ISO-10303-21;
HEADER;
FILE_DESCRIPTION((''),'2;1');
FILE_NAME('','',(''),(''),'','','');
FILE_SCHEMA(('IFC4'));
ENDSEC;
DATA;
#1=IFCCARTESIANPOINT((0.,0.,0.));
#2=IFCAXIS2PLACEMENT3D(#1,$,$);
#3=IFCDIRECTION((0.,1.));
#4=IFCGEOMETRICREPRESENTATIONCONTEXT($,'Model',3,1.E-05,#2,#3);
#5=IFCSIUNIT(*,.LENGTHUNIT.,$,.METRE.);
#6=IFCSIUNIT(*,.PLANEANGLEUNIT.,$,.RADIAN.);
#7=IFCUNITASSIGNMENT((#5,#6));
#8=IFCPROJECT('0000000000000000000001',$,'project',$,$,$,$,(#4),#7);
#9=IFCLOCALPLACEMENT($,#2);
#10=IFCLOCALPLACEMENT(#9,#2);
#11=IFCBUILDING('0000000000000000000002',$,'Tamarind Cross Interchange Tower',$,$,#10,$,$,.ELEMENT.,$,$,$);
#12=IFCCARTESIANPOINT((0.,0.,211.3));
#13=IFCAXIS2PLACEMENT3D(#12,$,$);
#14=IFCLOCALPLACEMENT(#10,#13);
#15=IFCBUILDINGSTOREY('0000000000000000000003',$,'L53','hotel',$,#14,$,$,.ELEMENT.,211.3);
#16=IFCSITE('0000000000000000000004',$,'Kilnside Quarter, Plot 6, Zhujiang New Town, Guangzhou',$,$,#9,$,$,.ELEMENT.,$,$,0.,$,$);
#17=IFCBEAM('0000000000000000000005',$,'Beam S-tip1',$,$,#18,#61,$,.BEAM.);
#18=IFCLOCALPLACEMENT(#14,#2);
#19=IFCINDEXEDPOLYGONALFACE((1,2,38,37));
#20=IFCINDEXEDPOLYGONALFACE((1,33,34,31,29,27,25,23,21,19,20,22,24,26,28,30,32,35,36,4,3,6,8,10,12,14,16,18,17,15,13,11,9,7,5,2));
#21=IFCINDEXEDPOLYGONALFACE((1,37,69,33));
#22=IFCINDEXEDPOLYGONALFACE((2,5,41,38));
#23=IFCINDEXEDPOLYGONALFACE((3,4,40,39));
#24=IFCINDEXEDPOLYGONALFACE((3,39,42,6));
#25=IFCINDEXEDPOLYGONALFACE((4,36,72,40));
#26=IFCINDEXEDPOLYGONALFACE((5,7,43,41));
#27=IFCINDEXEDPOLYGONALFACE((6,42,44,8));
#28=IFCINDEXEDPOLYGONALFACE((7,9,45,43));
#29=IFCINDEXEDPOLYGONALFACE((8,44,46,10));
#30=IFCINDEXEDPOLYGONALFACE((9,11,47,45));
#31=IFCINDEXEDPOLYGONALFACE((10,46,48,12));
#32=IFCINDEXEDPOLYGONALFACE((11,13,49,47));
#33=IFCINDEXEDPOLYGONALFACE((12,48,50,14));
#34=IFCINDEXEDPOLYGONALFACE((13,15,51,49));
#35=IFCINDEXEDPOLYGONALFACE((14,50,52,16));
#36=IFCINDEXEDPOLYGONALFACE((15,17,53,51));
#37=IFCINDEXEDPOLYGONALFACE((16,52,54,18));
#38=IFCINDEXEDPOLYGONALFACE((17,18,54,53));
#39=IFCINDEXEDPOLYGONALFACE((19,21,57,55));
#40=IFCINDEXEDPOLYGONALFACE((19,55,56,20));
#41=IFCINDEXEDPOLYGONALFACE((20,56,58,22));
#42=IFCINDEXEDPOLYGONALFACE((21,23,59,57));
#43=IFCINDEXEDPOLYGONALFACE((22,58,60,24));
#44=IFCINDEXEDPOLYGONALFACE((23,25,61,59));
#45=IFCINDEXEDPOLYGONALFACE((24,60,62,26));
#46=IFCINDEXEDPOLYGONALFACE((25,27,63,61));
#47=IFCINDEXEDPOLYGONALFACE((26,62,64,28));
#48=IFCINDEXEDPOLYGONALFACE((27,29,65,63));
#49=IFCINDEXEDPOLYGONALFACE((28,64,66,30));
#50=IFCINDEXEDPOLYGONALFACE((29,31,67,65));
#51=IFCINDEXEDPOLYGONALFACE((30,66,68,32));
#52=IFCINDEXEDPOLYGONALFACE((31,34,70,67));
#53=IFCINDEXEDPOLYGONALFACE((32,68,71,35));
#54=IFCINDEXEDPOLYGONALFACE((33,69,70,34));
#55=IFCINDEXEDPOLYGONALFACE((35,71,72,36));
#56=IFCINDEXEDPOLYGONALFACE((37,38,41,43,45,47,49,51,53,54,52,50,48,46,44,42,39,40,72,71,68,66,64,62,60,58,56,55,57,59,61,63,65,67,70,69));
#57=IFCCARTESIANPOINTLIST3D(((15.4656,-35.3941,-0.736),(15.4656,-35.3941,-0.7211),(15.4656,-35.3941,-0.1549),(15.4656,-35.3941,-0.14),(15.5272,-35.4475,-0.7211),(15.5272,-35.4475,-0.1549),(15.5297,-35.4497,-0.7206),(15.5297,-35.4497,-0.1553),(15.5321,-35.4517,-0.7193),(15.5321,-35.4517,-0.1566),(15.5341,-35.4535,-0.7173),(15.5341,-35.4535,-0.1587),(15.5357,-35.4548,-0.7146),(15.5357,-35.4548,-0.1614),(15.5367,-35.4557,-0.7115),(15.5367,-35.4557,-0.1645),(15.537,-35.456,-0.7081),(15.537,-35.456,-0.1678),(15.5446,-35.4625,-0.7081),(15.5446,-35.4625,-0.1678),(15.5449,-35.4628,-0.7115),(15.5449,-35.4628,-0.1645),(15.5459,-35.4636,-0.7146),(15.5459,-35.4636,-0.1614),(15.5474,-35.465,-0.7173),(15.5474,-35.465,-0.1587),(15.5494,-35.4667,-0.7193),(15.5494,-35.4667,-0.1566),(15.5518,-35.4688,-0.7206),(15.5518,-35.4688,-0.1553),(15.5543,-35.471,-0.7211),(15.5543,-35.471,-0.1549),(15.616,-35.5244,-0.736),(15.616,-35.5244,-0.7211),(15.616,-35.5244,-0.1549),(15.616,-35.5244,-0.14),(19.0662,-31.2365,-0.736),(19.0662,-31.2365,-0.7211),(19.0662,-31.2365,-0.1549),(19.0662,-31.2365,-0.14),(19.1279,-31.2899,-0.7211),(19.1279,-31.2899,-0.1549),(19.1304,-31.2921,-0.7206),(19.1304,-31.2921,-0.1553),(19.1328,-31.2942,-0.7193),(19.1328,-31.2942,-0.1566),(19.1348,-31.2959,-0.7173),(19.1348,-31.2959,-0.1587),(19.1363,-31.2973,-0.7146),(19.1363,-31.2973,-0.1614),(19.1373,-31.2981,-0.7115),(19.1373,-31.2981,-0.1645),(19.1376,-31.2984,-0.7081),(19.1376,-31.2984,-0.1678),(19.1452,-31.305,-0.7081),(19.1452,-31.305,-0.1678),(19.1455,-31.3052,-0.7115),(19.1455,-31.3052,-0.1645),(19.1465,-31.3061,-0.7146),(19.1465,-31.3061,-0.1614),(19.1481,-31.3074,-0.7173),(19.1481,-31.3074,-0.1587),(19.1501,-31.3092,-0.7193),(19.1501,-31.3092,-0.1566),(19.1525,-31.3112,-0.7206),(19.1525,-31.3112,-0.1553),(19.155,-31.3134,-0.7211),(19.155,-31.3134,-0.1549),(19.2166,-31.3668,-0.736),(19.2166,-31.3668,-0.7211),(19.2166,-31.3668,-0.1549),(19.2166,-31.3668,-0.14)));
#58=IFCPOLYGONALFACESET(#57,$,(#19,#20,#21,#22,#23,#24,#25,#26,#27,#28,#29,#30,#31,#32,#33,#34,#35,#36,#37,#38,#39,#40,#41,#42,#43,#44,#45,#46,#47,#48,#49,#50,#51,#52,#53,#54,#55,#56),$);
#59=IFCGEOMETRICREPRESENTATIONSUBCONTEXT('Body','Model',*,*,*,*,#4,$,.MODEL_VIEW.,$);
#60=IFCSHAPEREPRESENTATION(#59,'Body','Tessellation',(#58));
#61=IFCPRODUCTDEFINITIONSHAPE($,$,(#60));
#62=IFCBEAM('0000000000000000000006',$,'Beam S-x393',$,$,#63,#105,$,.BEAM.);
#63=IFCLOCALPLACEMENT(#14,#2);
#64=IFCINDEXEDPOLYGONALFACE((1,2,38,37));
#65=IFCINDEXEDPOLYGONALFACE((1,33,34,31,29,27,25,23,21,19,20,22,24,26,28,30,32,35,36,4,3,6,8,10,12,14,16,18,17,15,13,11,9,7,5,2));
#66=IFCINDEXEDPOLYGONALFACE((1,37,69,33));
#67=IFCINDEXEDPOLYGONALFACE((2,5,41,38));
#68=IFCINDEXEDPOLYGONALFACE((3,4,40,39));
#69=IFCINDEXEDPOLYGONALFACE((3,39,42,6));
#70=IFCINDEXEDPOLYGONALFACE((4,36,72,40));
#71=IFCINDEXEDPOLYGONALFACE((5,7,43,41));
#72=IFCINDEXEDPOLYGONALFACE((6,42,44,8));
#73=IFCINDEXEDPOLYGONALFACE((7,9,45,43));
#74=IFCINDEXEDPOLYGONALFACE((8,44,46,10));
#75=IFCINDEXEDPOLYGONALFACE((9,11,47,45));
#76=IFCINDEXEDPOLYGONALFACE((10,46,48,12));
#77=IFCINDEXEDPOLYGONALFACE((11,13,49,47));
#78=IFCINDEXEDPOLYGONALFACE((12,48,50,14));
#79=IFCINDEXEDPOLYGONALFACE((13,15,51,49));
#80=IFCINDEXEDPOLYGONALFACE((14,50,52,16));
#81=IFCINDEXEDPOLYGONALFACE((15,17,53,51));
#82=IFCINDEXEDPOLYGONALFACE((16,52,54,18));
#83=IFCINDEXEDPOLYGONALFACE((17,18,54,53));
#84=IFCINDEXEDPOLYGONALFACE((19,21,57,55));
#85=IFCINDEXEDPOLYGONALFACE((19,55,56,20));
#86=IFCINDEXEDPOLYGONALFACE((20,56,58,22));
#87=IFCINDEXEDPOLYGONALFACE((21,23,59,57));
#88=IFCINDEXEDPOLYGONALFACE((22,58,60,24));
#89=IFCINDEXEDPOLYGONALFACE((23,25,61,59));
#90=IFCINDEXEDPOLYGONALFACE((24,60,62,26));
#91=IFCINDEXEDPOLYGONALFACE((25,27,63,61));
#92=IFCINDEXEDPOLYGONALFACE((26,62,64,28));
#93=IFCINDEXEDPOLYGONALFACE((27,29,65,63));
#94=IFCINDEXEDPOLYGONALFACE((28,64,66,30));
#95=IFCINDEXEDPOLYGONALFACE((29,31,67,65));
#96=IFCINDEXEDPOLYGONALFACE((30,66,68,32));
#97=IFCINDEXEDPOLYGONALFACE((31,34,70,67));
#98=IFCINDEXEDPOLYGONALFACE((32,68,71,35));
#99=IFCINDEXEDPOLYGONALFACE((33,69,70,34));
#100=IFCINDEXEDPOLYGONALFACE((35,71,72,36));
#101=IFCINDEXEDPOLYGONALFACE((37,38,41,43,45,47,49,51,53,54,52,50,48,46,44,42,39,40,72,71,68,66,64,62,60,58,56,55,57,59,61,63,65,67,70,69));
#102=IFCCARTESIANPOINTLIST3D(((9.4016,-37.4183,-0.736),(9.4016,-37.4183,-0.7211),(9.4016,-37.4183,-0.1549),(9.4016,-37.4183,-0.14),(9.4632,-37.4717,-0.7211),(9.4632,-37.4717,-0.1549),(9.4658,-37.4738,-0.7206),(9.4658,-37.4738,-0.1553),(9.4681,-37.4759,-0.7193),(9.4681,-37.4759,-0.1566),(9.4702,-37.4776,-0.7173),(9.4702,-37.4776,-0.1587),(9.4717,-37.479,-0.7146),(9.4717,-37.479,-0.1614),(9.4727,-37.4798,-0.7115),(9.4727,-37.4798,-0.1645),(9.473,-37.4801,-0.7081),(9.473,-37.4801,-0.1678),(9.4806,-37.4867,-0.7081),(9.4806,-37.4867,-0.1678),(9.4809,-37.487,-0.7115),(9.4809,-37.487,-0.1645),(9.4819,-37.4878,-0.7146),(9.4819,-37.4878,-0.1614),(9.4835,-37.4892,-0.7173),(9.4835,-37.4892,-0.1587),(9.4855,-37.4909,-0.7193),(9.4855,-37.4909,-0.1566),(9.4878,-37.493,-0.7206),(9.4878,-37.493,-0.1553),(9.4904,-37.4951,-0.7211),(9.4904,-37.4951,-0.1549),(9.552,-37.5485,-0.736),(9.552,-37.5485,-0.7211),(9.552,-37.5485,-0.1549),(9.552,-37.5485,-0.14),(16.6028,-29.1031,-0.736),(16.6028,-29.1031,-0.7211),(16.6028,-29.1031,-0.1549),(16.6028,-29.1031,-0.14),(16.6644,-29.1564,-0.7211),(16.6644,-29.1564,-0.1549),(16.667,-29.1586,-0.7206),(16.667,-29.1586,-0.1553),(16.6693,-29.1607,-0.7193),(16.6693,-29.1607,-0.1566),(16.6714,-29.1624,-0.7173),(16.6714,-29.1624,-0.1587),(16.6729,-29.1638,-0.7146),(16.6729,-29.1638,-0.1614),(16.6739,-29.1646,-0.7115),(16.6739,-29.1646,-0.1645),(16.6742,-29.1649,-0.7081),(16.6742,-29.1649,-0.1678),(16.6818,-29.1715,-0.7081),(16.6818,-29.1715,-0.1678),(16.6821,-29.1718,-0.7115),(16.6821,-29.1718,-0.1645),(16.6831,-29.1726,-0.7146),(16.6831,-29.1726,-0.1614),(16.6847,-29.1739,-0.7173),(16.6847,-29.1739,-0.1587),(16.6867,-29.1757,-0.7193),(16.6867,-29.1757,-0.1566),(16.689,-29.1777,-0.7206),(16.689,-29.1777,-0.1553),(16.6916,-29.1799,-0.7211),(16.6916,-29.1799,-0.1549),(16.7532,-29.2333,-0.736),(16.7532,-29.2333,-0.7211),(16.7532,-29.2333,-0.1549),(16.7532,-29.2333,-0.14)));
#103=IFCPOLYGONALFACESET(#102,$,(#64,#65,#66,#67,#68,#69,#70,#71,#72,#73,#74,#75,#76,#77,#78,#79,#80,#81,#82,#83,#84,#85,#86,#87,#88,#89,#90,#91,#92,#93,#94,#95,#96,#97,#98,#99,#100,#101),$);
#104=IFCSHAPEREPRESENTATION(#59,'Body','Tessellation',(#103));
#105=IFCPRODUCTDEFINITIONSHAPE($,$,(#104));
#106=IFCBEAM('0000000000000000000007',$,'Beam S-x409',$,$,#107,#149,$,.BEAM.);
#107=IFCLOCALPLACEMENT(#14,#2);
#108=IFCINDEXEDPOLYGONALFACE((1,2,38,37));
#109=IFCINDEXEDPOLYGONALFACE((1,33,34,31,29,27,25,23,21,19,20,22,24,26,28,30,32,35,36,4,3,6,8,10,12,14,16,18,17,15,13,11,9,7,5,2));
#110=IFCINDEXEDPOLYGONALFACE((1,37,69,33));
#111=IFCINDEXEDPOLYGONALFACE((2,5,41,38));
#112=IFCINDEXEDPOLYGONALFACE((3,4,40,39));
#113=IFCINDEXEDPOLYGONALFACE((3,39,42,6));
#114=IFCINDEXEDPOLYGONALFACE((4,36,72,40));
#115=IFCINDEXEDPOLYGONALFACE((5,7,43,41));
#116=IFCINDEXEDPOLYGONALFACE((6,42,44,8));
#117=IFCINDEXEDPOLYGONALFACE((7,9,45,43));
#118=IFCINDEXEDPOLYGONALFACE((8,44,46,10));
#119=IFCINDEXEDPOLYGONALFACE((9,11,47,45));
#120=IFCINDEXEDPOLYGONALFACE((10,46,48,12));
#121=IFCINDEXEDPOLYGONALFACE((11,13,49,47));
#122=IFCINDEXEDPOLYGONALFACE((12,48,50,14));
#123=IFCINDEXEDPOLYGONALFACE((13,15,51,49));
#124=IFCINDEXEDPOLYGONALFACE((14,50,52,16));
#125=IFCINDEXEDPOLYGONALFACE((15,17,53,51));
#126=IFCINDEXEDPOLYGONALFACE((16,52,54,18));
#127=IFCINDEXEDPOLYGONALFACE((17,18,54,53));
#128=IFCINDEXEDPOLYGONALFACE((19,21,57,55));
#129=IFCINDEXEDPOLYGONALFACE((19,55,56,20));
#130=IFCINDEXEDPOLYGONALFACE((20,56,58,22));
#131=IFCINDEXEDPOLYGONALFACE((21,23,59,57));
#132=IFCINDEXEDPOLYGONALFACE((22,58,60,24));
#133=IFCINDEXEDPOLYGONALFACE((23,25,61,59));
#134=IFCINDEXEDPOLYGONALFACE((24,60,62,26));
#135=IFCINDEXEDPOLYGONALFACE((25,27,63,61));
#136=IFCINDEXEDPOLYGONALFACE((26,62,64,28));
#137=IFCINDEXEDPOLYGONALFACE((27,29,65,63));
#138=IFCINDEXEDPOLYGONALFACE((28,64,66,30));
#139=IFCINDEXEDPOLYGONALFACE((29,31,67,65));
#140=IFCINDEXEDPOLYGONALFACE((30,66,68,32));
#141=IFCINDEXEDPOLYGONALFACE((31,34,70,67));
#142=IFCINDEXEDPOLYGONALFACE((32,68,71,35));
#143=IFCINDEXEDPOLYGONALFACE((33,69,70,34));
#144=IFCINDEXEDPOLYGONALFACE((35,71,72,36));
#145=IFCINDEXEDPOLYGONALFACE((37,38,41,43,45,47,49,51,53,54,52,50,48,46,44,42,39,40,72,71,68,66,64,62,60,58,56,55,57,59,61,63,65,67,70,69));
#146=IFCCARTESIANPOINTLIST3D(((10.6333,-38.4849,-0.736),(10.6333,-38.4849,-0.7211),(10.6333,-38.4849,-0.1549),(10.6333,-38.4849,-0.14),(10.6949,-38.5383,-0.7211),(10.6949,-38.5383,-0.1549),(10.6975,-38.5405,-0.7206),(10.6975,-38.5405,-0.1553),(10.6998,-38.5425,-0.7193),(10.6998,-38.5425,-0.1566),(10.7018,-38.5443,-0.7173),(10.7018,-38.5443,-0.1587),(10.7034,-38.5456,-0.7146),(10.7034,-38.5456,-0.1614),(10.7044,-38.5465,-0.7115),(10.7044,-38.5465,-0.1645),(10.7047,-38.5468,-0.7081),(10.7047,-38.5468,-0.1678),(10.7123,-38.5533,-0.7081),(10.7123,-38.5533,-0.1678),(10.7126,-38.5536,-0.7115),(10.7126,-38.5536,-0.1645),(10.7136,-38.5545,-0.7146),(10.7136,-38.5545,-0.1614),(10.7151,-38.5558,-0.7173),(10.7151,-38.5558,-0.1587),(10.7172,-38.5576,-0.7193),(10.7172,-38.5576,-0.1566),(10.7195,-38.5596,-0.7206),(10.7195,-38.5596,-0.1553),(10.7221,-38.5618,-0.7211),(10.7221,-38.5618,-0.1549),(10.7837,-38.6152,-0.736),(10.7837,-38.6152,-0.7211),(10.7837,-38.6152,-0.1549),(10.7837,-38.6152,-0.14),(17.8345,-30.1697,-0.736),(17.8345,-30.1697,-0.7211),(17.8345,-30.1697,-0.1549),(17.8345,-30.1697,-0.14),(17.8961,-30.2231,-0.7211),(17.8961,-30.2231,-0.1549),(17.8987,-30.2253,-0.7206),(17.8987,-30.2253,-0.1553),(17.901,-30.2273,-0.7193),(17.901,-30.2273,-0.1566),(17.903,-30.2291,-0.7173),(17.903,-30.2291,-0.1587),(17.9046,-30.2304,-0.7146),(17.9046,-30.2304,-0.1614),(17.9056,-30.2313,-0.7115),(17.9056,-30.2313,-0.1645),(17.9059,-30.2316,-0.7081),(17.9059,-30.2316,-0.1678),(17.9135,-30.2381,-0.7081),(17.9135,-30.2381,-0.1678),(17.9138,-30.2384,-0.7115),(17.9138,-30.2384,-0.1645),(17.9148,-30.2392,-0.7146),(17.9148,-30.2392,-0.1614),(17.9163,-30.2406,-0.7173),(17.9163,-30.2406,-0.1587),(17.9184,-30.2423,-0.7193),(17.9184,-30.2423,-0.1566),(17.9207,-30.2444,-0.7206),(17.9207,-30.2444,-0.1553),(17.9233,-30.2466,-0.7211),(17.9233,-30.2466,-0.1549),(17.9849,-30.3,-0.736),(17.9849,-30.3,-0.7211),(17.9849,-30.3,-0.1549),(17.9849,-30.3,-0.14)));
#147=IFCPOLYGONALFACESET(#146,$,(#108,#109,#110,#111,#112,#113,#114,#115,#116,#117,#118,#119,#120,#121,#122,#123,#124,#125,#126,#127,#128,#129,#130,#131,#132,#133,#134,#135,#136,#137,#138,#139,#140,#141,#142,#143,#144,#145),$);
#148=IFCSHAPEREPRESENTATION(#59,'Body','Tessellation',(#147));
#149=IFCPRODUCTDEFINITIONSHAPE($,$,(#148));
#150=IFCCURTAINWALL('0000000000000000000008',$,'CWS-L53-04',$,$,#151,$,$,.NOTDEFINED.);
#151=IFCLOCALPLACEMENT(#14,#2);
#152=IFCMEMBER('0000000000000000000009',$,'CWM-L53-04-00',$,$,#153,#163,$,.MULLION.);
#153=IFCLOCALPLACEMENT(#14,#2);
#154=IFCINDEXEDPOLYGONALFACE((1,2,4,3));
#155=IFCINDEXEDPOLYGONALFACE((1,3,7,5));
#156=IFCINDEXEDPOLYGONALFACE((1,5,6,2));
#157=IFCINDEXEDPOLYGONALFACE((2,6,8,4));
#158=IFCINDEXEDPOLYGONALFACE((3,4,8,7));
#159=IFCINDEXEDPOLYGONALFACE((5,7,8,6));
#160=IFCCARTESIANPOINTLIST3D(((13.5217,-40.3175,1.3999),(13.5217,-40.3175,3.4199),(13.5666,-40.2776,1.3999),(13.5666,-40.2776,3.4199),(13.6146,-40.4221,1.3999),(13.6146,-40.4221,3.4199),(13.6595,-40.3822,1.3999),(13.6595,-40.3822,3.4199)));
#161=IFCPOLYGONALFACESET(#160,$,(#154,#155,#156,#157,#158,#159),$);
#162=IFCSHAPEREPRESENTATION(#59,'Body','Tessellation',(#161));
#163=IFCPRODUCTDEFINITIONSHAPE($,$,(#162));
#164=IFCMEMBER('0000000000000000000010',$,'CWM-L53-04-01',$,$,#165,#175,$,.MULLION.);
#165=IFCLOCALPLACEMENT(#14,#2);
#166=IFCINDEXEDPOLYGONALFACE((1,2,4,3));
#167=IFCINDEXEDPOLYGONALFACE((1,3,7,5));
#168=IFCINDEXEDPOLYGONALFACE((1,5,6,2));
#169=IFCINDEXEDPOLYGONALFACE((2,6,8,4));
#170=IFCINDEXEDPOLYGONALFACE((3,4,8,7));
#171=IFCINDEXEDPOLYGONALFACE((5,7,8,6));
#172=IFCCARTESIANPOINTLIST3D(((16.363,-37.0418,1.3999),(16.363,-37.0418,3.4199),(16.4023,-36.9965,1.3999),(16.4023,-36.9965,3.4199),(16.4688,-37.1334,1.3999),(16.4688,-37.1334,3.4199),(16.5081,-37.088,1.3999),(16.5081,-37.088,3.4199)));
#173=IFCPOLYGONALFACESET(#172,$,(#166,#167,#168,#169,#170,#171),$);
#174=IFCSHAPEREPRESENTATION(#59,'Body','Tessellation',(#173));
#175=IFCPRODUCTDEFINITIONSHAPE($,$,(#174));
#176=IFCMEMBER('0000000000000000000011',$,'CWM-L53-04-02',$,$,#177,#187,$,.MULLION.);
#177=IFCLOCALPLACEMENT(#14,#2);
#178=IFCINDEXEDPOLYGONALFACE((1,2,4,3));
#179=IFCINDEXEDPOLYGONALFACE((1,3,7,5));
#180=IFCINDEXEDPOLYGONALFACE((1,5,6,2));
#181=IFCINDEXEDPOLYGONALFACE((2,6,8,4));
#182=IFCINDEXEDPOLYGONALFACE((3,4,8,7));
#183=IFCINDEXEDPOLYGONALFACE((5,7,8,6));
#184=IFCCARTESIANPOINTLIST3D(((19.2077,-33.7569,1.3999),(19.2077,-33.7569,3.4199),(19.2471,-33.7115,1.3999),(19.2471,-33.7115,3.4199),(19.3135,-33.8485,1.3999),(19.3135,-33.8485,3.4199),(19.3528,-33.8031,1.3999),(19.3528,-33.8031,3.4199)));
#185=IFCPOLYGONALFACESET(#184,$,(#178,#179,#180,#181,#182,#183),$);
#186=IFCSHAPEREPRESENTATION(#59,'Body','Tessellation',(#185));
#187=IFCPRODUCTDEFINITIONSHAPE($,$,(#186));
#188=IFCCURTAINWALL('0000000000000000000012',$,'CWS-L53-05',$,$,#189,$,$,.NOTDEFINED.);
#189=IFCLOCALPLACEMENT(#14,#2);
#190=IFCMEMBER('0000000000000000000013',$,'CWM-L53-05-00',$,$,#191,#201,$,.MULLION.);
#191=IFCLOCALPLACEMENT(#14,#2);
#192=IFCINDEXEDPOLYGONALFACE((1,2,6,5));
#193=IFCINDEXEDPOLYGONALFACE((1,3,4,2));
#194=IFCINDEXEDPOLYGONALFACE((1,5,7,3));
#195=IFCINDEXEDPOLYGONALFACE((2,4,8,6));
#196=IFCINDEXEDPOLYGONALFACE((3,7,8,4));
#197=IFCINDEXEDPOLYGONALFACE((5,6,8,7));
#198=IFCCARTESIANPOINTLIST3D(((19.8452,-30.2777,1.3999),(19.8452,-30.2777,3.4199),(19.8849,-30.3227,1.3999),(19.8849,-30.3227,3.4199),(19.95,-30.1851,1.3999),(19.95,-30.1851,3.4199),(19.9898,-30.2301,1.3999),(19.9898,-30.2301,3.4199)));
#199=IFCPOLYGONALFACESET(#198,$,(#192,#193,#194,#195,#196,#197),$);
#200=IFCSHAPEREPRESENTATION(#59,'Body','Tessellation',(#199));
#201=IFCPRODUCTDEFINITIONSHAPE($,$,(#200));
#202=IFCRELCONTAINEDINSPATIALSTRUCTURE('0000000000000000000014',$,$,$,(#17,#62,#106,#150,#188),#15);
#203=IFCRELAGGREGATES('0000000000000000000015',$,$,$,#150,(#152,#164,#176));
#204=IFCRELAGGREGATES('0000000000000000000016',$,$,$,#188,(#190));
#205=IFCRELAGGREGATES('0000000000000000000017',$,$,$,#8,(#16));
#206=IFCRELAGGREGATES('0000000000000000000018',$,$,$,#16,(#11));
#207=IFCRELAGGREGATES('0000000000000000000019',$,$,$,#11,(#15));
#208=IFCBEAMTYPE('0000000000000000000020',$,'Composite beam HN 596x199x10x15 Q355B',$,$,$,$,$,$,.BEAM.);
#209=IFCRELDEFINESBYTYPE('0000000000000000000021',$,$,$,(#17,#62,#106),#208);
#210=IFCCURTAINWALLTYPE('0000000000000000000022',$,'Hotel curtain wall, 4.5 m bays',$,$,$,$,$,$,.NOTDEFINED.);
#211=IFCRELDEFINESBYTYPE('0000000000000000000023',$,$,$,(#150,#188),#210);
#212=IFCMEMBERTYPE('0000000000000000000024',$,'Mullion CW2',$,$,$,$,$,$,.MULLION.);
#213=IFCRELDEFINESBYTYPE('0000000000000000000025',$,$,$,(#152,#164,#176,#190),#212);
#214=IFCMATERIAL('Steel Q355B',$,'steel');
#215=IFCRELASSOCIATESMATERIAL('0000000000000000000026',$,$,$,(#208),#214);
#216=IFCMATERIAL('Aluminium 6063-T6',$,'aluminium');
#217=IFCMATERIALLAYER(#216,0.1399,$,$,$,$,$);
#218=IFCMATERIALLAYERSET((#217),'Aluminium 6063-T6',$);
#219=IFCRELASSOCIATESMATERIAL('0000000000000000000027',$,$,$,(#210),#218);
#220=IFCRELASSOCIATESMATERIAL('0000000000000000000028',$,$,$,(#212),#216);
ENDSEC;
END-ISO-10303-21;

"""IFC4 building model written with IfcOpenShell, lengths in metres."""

from ifc_helpers import new_model, si_unit, direction, frame, origin, origin_2d, place, context, subcontext, project, spatial, rectangle, i_section, extrude, material, layer, layer_set, material_profile, profile_set, type_object, element, aggregate, save


model = new_model("IFC4")

# Units and contexts
model_context = context("Model", 3, precision=1e-05, world=origin(), true_north=direction((0.0, 1.0)))
body_context = subcontext(model_context, "Body", "Model", "MODEL_VIEW")
ifc_project = project(units=[si_unit("LENGTHUNIT", "METRE"), si_unit("PLANEANGLEUNIT", "RADIAN")], contexts=[model_context])

# Site, building, storey
site_placement = place(None, origin())
site = spatial("IfcSite", under=ifc_project, at=site_placement, Name="Kilnside Quarter, Plot 6, Zhujiang New Town, Guangzhou", CompositionType="ELEMENT", RefElevation=0.0)
building_placement = place(site_placement, origin())
building = spatial("IfcBuilding", under=site, at=building_placement, Name="Tamarind Cross Interchange Tower", CompositionType="ELEMENT")
storey_placement = place(building_placement, frame((0.0, 0.0, 211.3)))
storey = spatial("IfcBuildingStorey", under=building, at=storey_placement, Name="L53", Description="hotel", CompositionType="ELEMENT", Elevation=211.3)

# Beams
ifc_material_1 = material(Name="Steel Q355B", Category="steel")
ifc_material_profile_1 = material_profile(ifc_material_1, i_section(OverallWidth=0.199, OverallDepth=0.5959, WebThickness=0.01, FlangeThickness=0.0149, FilletRadius=0.0129, at=origin_2d()), Name="HN 596x199x10x15")
ifc_profile_set_1 = profile_set([ifc_material_profile_1], Name="Steel Q355B")
beam_type_1 = type_object("IfcBeamType", Name="Composite beam HN 596x199x10x15 Q355B", PredefinedType="BEAM", material=ifc_profile_set_1)
for number, where, z_axis, x_axis, name in (
    (1, (15.5408, -35.4592, -0.438), (0.654665, 0.755919, 0.0), (-0.755919, 0.654665, 0.0), "Beam S-tip1"),
):
    element("IfcBeam", number, at=place(storey_placement, frame(where, z_axis=z_axis, x_axis=x_axis)), inside=storey, type_object=beam_type_1, Name=name, PredefinedType="BEAM", context=body_context, shape_type="SweptSolid", body=[
        extrude(i_section(OverallWidth=0.199, OverallDepth=0.5959, WebThickness=0.01, FlangeThickness=0.0149, FilletRadius=0.0129, at=origin_2d()), origin(), (0.0, 0.0, 1.0), 5.5),
    ])
for number, where, z_axis, x_axis, name in (
    (2, (9.4768, -37.4834, -0.438), (0.654654, 0.755928, 0.0), (-0.755928, 0.654654, 0.0), "Beam S-x393"),
    (3, (10.7085, -38.55, -0.438), (0.654654, 0.755928, 0.0), (-0.755928, 0.654654, 0.0), "Beam S-x409"),
):
    element("IfcBeam", number, at=place(storey_placement, frame(where, z_axis=z_axis, x_axis=x_axis)), inside=storey, type_object=beam_type_1, Name=name, PredefinedType="BEAM", context=body_context, shape_type="SweptSolid", body=[
        extrude(i_section(OverallWidth=0.199, OverallDepth=0.5959, WebThickness=0.01, FlangeThickness=0.0149, FilletRadius=0.0129, at=origin_2d()), origin(), (0.0, 0.0, 1.0), 11.0),
    ])

# Curtain walls, members
ifc_material_2 = material(Name="Aluminium 6063-T6", Category="aluminium")
ifc_layer_1 = layer(ifc_material_2, 0.1399)
ifc_layer_set_1 = layer_set([ifc_layer_1], Name="Aluminium 6063-T6")
curtain_wall_type = type_object("IfcCurtainWallType", Name="Hotel curtain wall, 4.5 m bays", PredefinedType="NOTDEFINED", material=ifc_layer_set_1)
curtain_wall_1_placement = place(storey_placement, origin())
curtain_wall_1 = element("IfcCurtainWall", 4, at=curtain_wall_1_placement, inside=storey, type_object=curtain_wall_type, Name="CWS-L53-04", PredefinedType="NOTDEFINED")
ifc_material_profile_2 = material_profile(ifc_material_2, rectangle(XDim=0.0601, YDim=0.1399, at=origin_2d()), Name="Mullion CW2")
ifc_profile_set_2 = profile_set([ifc_material_profile_2], Name="Aluminium 6063-T6")
member_type = type_object("IfcMemberType", Name="Mullion CW2", PredefinedType="MULLION", material=ifc_profile_set_2)
member_1_placement = place(storey_placement, frame((13.5906, -40.3499, 1.3999), z_axis=(0.0, 0.0, 1.0), x_axis=(0.747733, 0.663999, 0.0)))
member_1 = element("IfcMember", 5, at=member_1_placement, type_object=member_type, Name="CWM-L53-04-00", PredefinedType="MULLION", context=body_context, shape_type="SweptSolid", body=[
    extrude(rectangle(XDim=0.0601, YDim=0.1399, at=origin_2d()), origin(), (0.0, 0.0, 1.0), 2.02),
])
member_2_placement = place(storey_placement, frame((16.4355, -37.0649, 1.3999), z_axis=(0.0, 0.0, 1.0), x_axis=(0.654667, 0.755917, 0.0)))
member_2 = element("IfcMember", 6, at=member_2_placement, type_object=member_type, Name="CWM-L53-04-01", PredefinedType="MULLION", context=body_context, shape_type="SweptSolid", body=[
    extrude(rectangle(XDim=0.0601, YDim=0.1399, at=origin_2d()), origin(), (0.0, 0.0, 1.0), 2.02),
])
member_3_placement = place(storey_placement, frame((19.2803, -33.78, 1.3999), z_axis=(0.0, 0.0, 1.0), x_axis=(0.654667, 0.755917, 0.0)))
member_3 = element("IfcMember", 7, at=member_3_placement, type_object=member_type, Name="CWM-L53-04-02", PredefinedType="MULLION", context=body_context, shape_type="SweptSolid", body=[
    extrude(rectangle(XDim=0.0601, YDim=0.1399, at=origin_2d()), origin(), (0.0, 0.0, 1.0), 2.02),
])
aggregate(curtain_wall_1, [member_1, member_2, member_3])
curtain_wall_2_placement = place(storey_placement, origin())
curtain_wall_2 = element("IfcCurtainWall", 8, at=curtain_wall_2_placement, inside=storey, type_object=curtain_wall_type, Name="CWS-L53-05", PredefinedType="NOTDEFINED")
member_4_placement = place(storey_placement, frame((19.9175, -30.2539, 1.3999), z_axis=(0.0, 0.0, 1.0), x_axis=(-0.662111, 0.749406, 0.0)))
member_4 = element("IfcMember", 9, at=member_4_placement, type_object=member_type, Name="CWM-L53-05-00", PredefinedType="MULLION", context=body_context, shape_type="SweptSolid", body=[
    extrude(rectangle(XDim=0.0601, YDim=0.1399, at=origin_2d()), origin(), (0.0, 0.0, 1.0), 2.02),
])
aggregate(curtain_wall_2, [member_4])

save(model, "model.ifc")
